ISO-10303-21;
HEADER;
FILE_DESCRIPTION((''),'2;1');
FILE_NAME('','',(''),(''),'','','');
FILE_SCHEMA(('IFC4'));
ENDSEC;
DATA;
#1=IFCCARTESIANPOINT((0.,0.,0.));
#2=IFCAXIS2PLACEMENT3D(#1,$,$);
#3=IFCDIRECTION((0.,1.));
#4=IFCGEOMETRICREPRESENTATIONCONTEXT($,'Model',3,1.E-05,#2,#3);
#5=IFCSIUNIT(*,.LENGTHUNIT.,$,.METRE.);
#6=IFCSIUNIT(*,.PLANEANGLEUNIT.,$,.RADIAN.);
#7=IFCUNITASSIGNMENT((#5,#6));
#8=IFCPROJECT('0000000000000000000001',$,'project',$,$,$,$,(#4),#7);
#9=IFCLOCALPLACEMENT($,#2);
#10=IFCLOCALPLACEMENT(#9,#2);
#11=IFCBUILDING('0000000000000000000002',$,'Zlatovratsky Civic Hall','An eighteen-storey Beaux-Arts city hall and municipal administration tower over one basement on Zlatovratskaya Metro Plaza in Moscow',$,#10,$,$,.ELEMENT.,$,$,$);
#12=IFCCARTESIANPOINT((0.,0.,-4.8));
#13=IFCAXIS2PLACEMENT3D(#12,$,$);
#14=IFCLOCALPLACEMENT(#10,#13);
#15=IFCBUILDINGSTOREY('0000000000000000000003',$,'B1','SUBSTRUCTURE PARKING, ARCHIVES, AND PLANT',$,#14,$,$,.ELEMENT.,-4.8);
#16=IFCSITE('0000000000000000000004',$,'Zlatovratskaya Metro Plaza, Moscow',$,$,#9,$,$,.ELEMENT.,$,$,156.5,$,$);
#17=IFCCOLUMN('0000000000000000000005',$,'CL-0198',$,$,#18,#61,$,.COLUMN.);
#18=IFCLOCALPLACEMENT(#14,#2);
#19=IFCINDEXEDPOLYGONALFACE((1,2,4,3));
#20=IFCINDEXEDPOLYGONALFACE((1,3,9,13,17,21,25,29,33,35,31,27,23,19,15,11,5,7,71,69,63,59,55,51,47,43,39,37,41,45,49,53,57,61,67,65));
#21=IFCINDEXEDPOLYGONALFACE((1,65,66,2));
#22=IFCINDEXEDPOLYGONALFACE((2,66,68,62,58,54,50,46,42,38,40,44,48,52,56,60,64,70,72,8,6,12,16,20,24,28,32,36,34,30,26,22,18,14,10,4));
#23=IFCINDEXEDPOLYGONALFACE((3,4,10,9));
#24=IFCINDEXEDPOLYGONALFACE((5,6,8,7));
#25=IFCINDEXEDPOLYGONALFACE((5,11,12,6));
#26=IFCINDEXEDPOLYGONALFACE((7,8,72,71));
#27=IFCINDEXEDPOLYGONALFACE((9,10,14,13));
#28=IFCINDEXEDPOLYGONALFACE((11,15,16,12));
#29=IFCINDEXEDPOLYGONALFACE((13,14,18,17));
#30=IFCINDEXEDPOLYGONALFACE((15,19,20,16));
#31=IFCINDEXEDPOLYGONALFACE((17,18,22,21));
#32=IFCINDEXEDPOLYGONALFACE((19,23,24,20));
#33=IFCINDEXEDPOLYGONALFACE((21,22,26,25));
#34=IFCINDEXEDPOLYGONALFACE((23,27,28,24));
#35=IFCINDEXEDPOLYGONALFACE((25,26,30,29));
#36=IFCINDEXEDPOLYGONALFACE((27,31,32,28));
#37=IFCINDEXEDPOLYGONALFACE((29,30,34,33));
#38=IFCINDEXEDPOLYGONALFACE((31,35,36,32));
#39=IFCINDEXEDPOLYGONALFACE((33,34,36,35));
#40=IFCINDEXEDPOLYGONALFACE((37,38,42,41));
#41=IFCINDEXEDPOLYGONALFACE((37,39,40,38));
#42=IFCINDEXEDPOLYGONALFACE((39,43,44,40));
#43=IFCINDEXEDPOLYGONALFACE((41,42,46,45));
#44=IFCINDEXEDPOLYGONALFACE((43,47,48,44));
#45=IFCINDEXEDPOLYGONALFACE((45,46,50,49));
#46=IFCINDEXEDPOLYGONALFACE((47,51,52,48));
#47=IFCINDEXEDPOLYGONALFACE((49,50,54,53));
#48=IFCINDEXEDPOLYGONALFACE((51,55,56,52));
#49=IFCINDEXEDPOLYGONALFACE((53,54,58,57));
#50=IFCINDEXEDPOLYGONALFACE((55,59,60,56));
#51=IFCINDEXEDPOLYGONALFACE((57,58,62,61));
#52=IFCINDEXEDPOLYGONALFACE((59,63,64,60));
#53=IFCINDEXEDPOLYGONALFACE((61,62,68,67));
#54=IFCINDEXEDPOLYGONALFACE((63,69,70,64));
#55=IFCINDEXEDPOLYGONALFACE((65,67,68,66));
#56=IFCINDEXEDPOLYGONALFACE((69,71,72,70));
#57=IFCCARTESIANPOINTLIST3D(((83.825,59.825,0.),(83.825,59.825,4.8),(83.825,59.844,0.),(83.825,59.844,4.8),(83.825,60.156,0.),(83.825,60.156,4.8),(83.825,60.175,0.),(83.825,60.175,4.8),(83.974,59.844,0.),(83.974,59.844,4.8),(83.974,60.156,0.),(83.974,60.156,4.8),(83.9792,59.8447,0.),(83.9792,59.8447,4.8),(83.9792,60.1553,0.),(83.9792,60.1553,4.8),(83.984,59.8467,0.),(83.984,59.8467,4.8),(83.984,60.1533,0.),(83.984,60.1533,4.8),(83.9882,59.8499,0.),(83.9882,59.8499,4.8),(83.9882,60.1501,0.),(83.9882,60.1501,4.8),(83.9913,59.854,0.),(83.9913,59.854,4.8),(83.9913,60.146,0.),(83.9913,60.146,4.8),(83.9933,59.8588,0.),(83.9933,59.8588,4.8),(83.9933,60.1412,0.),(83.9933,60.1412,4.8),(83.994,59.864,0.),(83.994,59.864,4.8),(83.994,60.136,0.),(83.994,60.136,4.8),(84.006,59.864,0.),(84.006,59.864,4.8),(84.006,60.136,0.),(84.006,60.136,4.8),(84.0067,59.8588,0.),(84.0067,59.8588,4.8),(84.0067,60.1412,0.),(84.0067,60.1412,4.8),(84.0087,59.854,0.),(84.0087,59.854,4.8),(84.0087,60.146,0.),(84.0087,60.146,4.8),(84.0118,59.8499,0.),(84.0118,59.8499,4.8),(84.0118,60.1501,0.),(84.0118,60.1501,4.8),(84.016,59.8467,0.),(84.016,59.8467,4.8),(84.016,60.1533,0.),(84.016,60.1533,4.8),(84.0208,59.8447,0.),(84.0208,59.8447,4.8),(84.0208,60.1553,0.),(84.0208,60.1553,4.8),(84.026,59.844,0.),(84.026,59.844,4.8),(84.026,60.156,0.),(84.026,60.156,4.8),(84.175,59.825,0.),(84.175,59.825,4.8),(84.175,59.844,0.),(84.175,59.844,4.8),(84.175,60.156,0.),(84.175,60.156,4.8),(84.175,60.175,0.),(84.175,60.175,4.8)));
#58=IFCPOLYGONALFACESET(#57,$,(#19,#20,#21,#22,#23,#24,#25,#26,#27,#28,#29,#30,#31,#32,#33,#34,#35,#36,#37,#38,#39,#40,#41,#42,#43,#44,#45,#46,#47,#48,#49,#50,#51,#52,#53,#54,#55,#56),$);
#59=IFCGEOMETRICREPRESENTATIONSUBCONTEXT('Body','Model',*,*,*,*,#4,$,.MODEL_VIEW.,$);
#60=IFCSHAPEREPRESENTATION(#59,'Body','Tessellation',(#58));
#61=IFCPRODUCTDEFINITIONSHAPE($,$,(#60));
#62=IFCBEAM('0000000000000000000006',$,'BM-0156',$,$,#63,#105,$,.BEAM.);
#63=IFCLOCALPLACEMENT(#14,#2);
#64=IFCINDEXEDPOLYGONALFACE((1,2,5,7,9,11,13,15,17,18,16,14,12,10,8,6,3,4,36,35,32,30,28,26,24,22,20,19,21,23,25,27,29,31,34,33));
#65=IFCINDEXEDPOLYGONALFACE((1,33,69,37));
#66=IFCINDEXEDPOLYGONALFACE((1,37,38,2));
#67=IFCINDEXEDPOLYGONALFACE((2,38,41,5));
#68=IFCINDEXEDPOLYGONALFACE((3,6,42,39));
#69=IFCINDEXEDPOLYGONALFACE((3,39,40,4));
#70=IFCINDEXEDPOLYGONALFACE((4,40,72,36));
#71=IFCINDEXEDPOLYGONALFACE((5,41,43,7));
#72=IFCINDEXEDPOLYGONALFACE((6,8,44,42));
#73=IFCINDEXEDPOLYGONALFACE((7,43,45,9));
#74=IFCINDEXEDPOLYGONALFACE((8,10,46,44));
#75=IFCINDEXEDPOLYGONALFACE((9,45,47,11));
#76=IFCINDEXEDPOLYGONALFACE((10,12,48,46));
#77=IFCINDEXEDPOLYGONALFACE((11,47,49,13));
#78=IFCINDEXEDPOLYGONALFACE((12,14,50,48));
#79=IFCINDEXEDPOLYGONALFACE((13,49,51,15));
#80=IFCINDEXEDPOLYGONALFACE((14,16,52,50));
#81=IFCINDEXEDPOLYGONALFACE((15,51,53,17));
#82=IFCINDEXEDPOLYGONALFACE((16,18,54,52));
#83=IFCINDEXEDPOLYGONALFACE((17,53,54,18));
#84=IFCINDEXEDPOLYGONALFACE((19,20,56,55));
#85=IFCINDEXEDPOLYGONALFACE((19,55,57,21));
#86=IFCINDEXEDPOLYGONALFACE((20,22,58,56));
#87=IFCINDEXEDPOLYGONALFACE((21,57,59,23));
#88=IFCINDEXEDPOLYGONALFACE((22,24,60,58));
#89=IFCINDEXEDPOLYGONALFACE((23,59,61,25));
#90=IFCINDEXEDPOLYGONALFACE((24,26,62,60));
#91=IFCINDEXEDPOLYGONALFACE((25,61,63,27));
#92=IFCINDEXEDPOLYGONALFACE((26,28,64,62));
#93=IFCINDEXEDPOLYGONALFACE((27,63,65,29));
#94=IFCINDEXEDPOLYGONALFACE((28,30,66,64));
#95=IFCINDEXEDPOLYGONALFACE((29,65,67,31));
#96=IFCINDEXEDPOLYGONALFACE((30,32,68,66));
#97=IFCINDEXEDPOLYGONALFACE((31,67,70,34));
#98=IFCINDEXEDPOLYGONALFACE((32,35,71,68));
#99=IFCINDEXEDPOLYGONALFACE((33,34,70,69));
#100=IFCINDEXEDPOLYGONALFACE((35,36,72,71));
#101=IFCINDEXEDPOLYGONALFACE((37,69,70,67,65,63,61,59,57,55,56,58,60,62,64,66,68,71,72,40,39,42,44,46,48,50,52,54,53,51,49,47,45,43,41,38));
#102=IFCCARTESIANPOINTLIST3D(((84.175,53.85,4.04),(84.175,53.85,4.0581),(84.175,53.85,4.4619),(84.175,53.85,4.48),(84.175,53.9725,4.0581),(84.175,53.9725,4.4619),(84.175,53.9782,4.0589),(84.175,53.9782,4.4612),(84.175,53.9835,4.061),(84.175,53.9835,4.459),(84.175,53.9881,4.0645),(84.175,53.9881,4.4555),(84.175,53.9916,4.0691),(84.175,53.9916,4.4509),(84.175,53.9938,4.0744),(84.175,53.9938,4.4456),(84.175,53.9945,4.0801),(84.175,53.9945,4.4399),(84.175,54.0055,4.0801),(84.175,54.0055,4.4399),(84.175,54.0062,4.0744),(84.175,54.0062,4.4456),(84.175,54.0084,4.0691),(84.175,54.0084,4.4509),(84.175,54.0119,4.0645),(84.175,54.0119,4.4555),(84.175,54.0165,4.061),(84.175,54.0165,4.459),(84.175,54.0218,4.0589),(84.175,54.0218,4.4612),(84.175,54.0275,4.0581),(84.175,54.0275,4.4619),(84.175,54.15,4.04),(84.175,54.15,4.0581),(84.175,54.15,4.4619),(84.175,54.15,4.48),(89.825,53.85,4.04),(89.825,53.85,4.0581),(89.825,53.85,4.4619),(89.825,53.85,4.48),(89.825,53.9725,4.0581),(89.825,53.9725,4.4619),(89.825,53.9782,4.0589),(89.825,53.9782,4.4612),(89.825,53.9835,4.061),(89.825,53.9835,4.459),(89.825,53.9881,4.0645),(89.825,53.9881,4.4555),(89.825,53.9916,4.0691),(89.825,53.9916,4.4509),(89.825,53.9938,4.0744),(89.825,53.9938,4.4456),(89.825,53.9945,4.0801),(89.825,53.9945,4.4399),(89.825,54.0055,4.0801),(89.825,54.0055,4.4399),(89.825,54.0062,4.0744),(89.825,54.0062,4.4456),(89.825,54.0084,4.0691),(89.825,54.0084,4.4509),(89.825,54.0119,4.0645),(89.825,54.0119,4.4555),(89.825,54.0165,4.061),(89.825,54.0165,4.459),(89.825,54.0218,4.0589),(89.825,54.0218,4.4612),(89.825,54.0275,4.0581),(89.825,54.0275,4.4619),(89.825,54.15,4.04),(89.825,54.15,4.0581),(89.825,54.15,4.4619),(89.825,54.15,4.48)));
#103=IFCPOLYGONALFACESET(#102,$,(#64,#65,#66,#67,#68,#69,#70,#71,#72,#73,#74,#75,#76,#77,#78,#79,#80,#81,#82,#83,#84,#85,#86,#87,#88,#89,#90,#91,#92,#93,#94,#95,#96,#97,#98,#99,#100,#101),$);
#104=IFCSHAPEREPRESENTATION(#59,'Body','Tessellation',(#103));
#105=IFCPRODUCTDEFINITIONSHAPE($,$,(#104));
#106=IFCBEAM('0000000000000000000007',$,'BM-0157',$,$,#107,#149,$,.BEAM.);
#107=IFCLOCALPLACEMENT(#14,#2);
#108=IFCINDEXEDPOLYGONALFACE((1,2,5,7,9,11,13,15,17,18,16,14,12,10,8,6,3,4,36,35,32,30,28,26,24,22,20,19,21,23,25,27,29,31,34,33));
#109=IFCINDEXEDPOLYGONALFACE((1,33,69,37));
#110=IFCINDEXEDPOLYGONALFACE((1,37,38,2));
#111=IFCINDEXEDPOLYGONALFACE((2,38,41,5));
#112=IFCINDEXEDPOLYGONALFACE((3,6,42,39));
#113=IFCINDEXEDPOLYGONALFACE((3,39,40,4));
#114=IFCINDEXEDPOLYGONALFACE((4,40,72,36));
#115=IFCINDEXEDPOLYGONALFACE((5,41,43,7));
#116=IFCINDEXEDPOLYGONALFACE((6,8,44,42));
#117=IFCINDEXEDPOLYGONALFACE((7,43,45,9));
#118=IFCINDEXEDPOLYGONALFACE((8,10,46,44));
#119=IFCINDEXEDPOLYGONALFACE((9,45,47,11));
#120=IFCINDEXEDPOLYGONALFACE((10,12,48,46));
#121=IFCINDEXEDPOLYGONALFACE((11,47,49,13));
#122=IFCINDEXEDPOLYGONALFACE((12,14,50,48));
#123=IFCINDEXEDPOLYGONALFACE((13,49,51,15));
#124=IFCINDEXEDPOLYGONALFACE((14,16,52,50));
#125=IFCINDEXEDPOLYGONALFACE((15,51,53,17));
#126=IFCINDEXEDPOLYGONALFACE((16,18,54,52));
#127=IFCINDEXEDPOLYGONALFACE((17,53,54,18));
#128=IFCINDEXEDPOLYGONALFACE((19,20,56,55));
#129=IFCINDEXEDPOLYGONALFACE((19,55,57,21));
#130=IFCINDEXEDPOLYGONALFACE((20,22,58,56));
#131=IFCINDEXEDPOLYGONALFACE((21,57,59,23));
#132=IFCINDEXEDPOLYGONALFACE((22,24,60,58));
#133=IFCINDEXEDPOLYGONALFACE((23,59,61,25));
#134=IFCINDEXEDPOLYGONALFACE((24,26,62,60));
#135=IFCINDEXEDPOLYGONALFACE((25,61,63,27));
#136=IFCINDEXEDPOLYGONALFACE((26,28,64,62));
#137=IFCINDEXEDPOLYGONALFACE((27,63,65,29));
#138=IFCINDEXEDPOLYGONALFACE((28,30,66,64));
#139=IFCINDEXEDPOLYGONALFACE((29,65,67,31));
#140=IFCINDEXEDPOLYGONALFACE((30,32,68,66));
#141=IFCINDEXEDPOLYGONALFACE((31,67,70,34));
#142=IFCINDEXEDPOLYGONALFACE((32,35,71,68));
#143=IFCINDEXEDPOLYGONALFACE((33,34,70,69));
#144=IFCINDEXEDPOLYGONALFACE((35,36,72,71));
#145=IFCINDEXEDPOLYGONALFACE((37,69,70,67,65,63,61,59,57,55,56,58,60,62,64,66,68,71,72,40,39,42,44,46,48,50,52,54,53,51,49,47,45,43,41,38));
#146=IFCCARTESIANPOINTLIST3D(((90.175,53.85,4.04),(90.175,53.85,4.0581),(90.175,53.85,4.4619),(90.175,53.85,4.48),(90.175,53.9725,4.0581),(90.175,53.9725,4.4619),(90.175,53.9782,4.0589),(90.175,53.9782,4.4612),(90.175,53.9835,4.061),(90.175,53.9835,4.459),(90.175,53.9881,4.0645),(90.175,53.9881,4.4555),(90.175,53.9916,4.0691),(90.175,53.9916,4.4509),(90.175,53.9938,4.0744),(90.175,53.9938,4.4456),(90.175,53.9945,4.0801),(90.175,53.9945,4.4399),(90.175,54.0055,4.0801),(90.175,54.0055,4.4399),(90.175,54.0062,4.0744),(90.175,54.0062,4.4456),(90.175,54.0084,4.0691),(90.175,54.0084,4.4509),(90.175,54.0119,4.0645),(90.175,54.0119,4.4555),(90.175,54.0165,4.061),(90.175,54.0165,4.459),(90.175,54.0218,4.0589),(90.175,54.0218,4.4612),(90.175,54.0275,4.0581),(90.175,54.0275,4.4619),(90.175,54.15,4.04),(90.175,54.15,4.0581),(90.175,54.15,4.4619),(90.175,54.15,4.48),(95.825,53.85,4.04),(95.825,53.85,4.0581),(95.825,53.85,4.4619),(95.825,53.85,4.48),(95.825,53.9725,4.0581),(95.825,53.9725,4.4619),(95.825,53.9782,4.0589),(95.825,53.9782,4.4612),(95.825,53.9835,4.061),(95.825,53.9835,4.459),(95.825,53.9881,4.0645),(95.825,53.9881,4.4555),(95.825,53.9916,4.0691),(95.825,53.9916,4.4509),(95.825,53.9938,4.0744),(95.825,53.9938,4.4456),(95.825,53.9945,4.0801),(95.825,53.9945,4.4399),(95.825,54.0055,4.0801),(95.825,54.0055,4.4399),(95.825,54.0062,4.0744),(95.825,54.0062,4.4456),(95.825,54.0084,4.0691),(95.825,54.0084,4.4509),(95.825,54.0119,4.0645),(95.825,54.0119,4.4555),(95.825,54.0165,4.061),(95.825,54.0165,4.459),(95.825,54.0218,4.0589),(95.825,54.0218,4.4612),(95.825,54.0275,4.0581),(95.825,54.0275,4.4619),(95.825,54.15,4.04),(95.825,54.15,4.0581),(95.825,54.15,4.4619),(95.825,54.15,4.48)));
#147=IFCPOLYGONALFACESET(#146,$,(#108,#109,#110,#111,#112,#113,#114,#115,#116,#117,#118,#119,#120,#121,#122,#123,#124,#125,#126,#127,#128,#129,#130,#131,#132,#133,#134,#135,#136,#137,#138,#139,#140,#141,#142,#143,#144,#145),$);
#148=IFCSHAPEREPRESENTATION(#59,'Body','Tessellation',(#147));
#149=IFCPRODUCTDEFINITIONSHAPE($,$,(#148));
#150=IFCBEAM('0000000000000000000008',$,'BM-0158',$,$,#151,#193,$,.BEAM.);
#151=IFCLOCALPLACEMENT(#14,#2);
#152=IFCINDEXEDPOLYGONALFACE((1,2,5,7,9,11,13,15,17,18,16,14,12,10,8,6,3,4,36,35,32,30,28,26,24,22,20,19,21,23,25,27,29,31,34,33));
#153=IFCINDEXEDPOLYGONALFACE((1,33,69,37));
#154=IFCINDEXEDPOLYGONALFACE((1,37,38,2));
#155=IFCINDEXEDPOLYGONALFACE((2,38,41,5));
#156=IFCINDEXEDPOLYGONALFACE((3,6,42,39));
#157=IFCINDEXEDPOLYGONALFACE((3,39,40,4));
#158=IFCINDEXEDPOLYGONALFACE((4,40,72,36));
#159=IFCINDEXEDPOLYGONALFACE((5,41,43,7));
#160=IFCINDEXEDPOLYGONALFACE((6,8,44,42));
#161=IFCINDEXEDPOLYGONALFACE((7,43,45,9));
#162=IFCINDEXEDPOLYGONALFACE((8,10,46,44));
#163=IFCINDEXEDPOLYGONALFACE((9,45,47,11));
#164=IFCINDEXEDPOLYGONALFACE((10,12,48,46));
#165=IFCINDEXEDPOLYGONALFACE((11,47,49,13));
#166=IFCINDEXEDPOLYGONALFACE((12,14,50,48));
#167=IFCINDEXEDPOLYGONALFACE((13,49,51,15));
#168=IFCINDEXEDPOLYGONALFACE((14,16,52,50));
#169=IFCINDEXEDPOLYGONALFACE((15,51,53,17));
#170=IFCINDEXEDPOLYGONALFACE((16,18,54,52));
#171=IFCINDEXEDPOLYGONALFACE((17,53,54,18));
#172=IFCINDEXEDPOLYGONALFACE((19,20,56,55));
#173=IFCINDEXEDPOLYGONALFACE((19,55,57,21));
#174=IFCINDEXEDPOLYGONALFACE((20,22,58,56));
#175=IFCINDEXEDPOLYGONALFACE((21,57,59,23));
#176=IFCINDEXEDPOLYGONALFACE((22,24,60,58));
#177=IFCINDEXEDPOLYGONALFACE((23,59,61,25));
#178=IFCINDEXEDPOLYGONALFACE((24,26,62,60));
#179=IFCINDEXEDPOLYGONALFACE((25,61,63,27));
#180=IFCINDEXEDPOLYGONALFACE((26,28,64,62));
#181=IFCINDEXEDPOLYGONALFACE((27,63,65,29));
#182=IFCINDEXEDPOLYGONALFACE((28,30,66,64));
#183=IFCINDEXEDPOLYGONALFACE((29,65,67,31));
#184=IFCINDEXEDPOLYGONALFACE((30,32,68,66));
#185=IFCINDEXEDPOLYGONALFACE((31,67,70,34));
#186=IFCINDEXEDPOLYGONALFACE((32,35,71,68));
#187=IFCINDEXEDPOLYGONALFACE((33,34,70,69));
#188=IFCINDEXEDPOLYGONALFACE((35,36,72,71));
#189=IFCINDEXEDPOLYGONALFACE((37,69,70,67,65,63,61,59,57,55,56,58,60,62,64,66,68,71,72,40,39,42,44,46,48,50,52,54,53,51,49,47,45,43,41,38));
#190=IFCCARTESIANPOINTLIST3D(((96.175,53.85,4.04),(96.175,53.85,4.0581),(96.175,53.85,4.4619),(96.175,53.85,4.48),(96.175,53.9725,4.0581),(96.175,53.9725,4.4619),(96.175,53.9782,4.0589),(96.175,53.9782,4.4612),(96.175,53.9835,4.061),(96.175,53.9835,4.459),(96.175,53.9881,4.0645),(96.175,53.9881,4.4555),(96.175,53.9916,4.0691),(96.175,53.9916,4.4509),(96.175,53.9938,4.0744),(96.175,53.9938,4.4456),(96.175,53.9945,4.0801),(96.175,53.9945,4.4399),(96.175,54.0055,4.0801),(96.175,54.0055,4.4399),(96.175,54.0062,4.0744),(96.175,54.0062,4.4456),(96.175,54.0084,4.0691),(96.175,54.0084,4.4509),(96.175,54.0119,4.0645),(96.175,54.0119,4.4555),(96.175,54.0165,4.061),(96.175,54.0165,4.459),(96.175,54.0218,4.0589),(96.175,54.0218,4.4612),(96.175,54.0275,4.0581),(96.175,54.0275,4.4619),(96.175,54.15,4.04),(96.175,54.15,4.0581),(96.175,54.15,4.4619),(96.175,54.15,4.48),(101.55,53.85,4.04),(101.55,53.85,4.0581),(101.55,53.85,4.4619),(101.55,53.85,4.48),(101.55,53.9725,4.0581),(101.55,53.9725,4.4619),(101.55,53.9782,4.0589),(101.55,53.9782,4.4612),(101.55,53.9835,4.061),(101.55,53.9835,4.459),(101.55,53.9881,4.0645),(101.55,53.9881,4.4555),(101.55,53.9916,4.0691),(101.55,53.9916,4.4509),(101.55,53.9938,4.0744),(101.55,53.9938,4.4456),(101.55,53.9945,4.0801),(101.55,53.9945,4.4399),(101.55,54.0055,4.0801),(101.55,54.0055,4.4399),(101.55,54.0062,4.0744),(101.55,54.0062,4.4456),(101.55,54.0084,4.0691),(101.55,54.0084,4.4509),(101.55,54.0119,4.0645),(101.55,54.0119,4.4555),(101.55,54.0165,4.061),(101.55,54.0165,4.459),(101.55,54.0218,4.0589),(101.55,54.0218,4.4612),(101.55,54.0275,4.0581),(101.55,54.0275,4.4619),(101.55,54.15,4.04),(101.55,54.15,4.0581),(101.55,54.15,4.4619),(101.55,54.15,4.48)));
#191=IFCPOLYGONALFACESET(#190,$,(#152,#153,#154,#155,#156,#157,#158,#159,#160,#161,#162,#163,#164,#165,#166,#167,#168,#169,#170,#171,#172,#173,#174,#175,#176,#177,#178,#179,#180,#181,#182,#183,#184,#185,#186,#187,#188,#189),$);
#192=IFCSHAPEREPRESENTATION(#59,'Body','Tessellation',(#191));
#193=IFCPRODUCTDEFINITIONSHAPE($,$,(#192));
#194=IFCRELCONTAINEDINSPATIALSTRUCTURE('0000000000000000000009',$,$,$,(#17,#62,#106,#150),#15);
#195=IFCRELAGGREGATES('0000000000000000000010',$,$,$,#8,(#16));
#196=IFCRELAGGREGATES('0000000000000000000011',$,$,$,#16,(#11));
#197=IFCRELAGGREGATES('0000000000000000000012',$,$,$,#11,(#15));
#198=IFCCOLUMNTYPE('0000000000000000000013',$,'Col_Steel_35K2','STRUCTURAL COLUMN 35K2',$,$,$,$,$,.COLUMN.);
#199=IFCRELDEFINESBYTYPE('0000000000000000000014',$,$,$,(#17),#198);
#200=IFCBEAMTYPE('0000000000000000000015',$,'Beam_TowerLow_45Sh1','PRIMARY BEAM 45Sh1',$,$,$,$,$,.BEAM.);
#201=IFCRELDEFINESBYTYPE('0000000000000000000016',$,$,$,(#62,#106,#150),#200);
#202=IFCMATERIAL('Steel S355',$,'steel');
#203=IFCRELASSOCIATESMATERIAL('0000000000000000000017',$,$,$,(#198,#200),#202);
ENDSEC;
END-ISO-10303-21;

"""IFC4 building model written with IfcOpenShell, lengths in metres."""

from ifc_helpers import new_model, si_unit, direction, frame, origin, origin_2d, place, context, subcontext, project, spatial, i_section, extrude, material, material_profile, profile_set, type_object, element, save


model = new_model("IFC4")

# Units and contexts
model_context = context("Model", 3, precision=1e-05, world=origin(), true_north=direction((0.0, 1.0)))
body_context = subcontext(model_context, "Body", "Model", "MODEL_VIEW")
ifc_project = project(units=[si_unit("LENGTHUNIT", "METRE"), si_unit("PLANEANGLEUNIT", "RADIAN")], contexts=[model_context])

# Site, building, storey
site_placement = place(None, origin())
site = spatial("IfcSite", under=ifc_project, at=site_placement, Name="Zlatovratskaya Metro Plaza, Moscow", CompositionType="ELEMENT", RefElevation=156.5)
building_placement = place(site_placement, origin())
building = spatial("IfcBuilding", under=site, at=building_placement, Name="Zlatovratsky Civic Hall", Description="An eighteen-storey Beaux-Arts city hall and municipal administration tower over one basement on Zlatovratskaya Metro Plaza in Moscow", CompositionType="ELEMENT")
storey_placement = place(building_placement, frame((0.0, 0.0, -4.8)))
storey = spatial("IfcBuildingStorey", under=building, at=storey_placement, Name="B1", Description="SUBSTRUCTURE PARKING, ARCHIVES, AND PLANT", CompositionType="ELEMENT", Elevation=-4.8)

# Column
ifc_material_1 = material(Name="Steel S355", Category="steel")
ifc_material_profile_1 = material_profile(ifc_material_1, i_section(OverallWidth=0.3501, OverallDepth=0.3501, WebThickness=0.012, FlangeThickness=0.019, FilletRadius=0.02, at=origin_2d()), Name="35K2")
ifc_profile_set_1 = profile_set([ifc_material_profile_1], Name="Steel S355")
column_type = type_object("IfcColumnType", Name="Col_Steel_35K2", Description="STRUCTURAL COLUMN 35K2", PredefinedType="COLUMN", material=ifc_profile_set_1)
for number, where, z_axis, x_axis, name in (
    (1, (84.0, 60.0, 0.0), (0.0, 0.0, 1.0), (1.0, 0.0, 0.0), "CL-0198"),
):
    element("IfcColumn", number, at=place(storey_placement, frame(where, z_axis=z_axis, x_axis=x_axis)), inside=storey, type_object=column_type, Name=name, PredefinedType="COLUMN", context=body_context, shape_type="SweptSolid", body=[
        extrude(i_section(OverallWidth=0.3501, OverallDepth=0.3501, WebThickness=0.012, FlangeThickness=0.019, FilletRadius=0.02, at=origin_2d()), origin(), (0.0, 0.0, 1.0), 4.8),
    ])

# Beams
ifc_material_profile_2 = material_profile(ifc_material_1, i_section(OverallWidth=0.3, OverallDepth=0.4399, WebThickness=0.011, FlangeThickness=0.0181, FilletRadius=0.022, at=origin_2d()), Name="45Sh1")
ifc_profile_set_2 = profile_set([ifc_material_profile_2], Name="Steel S355")
beam_type = type_object("IfcBeamType", Name="Beam_TowerLow_45Sh1", Description="PRIMARY BEAM 45Sh1", PredefinedType="BEAM", material=ifc_profile_set_2)
for number, where, z_axis, x_axis, name in (
    (2, (84.175, 54.0, 4.26), (1.0, 0.0, 0.0), (0.0, 1.0, 0.0), "BM-0156"),
    (3, (90.175, 54.0, 4.26), (1.0, 0.0, 0.0), (0.0, 1.0, 0.0), "BM-0157"),
):
    element("IfcBeam", number, at=place(storey_placement, frame(where, z_axis=z_axis, x_axis=x_axis)), inside=storey, type_object=beam_type, Name=name, PredefinedType="BEAM", context=body_context, shape_type="SweptSolid", body=[
        extrude(i_section(OverallWidth=0.3, OverallDepth=0.4399, WebThickness=0.011, FlangeThickness=0.0181, FilletRadius=0.022, at=origin_2d()), origin(), (0.0, 0.0, 1.0), 5.6499),
    ])
beam_placement = place(storey_placement, frame((96.175, 54.0, 4.26), z_axis=(1.0, 0.0, 0.0), x_axis=(0.0, 1.0, 0.0)))
element("IfcBeam", 4, at=beam_placement, inside=storey, type_object=beam_type, Name="BM-0158", PredefinedType="BEAM", context=body_context, shape_type="SweptSolid", body=[
    extrude(i_section(OverallWidth=0.3, OverallDepth=0.4399, WebThickness=0.011, FlangeThickness=0.0181, FilletRadius=0.022, at=origin_2d()), origin(), (0.0, 0.0, 1.0), 5.375),
])

save(model, "model.ifc")
